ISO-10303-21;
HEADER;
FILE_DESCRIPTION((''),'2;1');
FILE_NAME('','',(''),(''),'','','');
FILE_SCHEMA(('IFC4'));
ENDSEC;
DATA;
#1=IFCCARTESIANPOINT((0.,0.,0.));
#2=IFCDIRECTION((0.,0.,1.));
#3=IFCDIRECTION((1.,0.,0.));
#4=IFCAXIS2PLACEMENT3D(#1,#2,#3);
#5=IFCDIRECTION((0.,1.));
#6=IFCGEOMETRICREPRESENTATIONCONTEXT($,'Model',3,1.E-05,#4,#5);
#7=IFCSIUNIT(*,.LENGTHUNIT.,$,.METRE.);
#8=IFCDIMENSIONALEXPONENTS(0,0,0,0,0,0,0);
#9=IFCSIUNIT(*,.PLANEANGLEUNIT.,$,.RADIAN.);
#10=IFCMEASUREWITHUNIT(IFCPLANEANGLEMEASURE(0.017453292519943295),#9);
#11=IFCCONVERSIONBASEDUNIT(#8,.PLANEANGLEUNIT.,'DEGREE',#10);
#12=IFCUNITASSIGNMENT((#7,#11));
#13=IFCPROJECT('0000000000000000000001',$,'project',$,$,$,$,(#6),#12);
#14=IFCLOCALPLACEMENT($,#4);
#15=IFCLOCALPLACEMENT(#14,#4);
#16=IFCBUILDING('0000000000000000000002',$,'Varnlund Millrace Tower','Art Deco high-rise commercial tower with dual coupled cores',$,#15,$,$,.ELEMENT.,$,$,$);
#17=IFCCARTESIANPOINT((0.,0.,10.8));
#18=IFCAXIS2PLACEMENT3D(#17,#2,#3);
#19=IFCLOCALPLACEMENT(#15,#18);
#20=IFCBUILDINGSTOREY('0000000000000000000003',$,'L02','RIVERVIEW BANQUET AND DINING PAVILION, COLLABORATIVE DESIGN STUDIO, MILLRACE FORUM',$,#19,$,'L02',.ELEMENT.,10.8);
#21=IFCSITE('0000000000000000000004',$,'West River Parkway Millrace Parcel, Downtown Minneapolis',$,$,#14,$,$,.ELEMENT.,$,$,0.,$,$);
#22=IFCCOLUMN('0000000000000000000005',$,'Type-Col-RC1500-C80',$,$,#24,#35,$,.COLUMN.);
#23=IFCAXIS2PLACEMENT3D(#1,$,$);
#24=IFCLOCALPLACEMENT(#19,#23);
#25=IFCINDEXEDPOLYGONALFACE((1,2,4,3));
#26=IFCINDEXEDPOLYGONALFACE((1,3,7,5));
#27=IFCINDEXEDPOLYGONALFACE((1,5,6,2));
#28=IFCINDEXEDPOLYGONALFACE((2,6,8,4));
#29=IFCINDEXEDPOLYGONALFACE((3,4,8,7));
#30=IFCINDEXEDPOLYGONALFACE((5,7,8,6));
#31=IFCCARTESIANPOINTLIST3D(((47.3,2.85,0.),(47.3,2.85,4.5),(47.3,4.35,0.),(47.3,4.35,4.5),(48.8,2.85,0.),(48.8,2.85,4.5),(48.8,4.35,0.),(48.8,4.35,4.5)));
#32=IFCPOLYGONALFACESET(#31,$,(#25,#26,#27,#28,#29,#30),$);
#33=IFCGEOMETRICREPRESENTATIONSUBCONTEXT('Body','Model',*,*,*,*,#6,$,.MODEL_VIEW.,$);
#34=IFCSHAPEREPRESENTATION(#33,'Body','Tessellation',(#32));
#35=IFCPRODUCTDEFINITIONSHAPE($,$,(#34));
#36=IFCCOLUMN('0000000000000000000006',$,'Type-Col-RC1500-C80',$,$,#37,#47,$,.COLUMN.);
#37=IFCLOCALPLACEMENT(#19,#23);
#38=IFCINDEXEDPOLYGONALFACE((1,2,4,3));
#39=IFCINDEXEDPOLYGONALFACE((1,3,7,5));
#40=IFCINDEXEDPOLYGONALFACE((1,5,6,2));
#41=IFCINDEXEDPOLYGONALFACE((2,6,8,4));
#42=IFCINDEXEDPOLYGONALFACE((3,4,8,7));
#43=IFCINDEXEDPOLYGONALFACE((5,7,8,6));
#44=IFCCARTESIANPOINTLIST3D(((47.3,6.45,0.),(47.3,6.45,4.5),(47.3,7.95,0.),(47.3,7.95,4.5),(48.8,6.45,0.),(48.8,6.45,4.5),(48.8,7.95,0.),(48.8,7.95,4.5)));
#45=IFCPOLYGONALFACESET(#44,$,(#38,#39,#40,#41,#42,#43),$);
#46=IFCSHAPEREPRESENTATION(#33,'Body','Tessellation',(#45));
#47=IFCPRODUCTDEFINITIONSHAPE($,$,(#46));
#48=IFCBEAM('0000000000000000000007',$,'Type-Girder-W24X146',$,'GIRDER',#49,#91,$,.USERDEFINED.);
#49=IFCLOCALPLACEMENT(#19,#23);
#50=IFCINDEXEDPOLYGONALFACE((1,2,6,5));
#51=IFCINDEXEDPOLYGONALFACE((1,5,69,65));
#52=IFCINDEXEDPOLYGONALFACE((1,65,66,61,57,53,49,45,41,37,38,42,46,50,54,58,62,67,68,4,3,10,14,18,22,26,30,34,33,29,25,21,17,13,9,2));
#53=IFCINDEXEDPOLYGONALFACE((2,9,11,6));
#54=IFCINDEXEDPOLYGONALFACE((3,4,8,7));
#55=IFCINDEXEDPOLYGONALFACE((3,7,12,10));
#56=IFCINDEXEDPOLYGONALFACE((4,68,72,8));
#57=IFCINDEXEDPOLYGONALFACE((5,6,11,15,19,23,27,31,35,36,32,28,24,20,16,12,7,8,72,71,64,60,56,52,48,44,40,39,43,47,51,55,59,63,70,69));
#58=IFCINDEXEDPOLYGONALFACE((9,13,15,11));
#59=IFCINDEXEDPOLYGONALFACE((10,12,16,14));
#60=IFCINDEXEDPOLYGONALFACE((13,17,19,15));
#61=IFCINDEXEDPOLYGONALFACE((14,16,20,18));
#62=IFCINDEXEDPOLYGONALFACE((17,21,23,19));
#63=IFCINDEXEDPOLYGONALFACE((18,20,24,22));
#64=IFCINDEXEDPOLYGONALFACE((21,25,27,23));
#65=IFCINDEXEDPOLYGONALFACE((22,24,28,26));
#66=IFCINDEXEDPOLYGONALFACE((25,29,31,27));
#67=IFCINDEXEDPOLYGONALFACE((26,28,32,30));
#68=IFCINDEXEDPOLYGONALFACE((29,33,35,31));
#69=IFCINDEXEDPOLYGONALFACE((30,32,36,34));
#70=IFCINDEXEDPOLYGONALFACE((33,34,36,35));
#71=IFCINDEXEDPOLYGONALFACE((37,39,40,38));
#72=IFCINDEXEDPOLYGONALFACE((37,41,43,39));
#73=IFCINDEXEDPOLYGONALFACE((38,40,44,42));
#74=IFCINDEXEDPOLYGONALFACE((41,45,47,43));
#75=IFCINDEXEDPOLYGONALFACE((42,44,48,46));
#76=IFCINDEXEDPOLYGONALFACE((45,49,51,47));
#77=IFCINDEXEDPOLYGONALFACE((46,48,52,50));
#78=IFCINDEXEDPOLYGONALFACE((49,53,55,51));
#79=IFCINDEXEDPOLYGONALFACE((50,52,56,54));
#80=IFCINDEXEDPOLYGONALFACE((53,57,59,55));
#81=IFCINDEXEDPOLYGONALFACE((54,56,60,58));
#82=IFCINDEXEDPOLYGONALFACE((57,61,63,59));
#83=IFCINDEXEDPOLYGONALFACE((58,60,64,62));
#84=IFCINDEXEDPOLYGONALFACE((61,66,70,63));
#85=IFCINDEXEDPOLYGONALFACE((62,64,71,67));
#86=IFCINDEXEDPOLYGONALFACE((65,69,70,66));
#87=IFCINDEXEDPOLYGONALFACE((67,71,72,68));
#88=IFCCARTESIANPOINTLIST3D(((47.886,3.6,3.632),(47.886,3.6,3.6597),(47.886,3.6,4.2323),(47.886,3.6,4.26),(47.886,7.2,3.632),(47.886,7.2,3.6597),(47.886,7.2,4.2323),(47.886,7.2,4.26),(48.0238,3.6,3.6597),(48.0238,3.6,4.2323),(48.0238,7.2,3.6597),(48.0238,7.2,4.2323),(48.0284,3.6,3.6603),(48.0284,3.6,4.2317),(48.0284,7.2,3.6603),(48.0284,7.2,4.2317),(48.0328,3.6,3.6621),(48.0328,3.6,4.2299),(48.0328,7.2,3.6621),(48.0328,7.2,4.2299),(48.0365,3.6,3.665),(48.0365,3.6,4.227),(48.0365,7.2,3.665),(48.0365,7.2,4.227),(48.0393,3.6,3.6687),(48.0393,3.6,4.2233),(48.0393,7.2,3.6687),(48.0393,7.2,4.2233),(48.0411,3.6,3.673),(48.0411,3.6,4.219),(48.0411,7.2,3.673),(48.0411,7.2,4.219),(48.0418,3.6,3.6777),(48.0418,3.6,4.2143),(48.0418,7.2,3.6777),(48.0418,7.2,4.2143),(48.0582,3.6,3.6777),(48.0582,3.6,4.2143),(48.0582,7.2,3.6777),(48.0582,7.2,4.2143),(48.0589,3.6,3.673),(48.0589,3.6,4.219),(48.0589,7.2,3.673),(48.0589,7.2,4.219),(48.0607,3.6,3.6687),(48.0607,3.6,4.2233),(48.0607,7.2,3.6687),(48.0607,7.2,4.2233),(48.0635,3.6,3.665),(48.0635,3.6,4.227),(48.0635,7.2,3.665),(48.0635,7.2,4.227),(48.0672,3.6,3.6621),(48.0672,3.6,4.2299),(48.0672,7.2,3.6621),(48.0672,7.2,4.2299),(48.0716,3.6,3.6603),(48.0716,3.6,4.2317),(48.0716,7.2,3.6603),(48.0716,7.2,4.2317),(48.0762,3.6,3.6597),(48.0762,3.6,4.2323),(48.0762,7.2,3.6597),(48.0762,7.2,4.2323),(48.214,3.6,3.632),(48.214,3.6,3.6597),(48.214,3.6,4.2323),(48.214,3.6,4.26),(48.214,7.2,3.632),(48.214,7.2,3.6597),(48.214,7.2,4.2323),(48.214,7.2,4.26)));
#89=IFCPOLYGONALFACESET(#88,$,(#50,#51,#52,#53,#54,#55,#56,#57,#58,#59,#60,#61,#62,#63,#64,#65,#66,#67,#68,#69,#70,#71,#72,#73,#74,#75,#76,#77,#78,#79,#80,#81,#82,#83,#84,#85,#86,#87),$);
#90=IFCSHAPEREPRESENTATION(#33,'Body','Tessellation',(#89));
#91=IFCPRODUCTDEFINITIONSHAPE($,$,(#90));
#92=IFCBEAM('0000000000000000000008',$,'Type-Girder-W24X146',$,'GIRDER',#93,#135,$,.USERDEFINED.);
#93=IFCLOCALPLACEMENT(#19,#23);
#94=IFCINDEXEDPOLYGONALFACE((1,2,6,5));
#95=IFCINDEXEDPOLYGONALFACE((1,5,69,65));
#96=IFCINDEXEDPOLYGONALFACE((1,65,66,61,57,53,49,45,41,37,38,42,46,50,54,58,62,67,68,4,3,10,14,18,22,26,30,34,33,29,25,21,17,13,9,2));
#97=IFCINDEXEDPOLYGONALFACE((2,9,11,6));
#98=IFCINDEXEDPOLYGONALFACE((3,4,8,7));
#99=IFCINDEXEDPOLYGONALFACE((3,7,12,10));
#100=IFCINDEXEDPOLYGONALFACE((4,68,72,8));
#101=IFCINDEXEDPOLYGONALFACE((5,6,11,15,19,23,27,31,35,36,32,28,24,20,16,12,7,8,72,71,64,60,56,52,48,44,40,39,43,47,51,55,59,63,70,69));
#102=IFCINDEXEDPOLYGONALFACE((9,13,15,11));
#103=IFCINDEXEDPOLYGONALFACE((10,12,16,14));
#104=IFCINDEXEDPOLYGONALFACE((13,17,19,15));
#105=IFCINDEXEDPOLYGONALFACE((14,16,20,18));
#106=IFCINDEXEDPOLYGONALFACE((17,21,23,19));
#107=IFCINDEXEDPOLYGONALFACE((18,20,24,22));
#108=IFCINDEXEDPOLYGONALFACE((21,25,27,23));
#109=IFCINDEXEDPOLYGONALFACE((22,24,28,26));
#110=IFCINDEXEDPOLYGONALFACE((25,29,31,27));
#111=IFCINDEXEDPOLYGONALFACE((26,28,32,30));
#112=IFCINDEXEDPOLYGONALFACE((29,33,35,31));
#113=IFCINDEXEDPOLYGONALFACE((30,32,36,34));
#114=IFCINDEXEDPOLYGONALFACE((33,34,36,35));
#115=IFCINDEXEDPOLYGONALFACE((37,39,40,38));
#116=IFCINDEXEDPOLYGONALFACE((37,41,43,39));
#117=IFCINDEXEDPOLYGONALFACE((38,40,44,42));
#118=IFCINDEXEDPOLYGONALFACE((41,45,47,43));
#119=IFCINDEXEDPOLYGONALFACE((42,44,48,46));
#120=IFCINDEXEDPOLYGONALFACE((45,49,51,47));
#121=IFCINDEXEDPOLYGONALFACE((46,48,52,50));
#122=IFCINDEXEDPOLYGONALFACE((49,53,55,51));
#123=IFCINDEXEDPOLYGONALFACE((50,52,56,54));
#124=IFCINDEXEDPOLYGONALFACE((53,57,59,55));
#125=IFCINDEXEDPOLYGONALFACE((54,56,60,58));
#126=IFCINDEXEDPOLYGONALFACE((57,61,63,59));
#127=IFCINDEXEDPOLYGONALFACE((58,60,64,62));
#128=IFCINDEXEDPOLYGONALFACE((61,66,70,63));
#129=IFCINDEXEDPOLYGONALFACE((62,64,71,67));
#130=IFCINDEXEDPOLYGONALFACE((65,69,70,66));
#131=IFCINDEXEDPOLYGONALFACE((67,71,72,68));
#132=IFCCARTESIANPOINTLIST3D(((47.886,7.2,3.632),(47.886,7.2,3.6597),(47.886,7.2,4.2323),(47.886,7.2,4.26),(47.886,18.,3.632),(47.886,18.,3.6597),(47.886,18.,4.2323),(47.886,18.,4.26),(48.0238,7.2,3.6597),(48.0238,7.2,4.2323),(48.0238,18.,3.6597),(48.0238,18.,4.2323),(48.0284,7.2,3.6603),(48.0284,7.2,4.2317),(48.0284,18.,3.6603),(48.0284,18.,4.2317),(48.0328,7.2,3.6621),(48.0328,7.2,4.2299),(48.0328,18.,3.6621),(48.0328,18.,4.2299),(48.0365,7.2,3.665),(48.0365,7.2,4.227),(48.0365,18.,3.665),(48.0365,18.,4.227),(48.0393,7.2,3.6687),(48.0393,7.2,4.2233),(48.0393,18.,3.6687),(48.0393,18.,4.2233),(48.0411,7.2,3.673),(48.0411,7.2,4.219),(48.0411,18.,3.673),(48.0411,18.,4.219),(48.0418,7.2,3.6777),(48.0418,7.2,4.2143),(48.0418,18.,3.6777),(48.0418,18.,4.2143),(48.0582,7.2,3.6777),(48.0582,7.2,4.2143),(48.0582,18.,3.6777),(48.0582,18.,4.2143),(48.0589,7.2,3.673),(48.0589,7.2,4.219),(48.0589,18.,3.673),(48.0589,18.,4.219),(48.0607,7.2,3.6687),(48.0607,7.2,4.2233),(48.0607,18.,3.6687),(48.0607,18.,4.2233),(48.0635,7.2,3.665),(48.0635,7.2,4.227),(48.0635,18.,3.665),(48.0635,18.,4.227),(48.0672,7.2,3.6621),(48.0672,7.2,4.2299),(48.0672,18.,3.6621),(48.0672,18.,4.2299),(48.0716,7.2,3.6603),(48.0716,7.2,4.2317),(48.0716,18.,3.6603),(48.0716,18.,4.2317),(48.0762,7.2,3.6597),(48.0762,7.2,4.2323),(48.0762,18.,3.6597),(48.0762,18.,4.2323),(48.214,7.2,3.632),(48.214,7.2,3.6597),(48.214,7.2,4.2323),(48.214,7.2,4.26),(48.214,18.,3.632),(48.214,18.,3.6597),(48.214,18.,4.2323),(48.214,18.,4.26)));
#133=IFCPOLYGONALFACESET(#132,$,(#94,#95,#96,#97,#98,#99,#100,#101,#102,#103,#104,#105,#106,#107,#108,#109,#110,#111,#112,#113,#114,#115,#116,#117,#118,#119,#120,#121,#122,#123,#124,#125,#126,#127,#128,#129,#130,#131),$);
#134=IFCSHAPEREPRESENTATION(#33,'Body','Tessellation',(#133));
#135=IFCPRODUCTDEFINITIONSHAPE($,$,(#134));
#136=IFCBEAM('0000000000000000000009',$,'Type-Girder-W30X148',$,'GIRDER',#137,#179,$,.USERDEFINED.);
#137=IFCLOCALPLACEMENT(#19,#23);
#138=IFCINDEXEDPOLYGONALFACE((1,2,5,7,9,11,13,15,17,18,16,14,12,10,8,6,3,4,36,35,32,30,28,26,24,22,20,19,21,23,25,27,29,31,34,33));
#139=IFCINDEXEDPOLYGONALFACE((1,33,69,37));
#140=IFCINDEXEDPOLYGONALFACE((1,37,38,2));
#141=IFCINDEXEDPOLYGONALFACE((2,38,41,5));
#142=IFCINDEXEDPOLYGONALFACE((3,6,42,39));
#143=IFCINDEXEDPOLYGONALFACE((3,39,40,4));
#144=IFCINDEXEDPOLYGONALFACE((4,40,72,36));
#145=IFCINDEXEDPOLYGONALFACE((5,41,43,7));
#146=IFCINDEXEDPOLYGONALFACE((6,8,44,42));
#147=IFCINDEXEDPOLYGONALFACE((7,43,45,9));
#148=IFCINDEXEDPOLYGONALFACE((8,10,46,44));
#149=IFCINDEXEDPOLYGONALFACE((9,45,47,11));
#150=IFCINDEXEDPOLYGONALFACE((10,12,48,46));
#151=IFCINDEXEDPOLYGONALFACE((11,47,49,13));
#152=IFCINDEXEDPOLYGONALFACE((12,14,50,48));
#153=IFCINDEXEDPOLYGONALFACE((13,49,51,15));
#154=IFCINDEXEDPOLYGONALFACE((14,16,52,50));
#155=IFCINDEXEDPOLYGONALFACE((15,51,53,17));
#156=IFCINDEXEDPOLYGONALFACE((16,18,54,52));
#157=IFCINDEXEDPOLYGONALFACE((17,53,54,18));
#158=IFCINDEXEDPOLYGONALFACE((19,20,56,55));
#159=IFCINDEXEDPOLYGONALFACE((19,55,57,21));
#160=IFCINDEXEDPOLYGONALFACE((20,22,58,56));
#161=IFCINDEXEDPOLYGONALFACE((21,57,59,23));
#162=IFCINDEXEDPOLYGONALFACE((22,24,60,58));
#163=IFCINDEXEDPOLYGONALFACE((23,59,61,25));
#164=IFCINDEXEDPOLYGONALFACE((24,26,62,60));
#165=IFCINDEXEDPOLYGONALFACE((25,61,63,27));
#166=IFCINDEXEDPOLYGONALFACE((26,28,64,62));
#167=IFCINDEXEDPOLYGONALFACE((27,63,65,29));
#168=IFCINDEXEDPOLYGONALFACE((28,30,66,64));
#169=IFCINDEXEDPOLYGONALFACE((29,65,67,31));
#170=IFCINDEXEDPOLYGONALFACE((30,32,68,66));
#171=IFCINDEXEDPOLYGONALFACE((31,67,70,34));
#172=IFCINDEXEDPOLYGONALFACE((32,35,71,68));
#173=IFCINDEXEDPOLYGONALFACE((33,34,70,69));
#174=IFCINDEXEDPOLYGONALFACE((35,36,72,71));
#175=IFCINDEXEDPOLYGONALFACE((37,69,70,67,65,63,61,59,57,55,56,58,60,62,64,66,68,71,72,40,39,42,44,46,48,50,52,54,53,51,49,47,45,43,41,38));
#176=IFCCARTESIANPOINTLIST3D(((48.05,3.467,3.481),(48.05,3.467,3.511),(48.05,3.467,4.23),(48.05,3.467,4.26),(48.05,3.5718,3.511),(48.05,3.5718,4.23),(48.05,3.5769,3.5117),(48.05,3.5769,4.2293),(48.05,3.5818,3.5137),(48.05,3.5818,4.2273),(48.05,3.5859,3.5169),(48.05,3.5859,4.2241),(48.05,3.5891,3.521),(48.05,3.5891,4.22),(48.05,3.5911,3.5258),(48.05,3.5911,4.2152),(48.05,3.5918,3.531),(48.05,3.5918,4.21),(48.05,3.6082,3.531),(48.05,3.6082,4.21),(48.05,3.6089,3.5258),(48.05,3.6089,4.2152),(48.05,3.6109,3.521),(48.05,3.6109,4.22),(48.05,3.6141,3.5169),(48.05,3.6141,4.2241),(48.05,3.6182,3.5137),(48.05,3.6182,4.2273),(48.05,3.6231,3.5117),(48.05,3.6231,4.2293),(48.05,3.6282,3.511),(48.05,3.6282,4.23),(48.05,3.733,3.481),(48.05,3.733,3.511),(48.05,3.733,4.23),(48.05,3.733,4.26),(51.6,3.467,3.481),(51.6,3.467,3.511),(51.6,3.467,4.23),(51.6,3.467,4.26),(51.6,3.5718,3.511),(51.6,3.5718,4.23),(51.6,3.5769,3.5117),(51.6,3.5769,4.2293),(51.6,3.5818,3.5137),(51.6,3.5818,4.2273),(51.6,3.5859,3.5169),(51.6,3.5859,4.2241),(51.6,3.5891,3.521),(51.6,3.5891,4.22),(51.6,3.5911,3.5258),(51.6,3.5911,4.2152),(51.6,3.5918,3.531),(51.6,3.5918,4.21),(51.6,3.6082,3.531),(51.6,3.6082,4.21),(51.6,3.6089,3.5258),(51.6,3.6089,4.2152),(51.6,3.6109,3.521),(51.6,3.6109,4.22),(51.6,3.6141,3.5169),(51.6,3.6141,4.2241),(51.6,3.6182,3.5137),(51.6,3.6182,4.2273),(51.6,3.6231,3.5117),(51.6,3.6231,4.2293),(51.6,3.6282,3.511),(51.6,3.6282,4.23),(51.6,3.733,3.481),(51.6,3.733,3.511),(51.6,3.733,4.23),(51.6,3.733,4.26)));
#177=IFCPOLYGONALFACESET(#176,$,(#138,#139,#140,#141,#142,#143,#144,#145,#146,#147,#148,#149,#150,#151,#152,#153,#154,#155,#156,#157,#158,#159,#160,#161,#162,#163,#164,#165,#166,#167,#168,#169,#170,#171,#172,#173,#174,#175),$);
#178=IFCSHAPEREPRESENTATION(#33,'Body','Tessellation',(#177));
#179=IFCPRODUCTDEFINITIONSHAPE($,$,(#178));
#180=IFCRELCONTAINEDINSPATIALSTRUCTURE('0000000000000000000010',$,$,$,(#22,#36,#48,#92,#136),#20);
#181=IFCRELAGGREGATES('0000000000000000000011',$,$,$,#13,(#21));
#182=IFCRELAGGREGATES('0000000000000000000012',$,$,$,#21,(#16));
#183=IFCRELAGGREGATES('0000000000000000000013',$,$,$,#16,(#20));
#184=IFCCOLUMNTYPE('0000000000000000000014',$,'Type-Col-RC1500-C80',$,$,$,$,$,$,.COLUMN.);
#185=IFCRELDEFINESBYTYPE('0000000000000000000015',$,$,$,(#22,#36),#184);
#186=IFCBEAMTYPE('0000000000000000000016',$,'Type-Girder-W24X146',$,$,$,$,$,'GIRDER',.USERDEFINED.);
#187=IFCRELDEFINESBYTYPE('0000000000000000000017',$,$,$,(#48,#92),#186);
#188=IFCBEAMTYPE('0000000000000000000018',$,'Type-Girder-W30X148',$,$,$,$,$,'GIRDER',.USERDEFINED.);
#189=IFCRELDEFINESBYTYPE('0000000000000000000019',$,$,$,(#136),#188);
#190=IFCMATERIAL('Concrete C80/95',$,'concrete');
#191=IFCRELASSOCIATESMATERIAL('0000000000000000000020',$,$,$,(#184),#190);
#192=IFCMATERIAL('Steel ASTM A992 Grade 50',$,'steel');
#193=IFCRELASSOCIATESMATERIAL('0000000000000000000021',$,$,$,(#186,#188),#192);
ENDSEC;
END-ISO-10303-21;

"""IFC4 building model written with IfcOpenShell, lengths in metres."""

from ifc_helpers import new_model, entity, si_unit, converted_unit, direction, frame, origin_with_axes, origin_2d_with_axis, place, context, subcontext, project, spatial, rectangle, i_section, extrude, material, material_profile, profile_set, type_object, element, save


model = new_model("IFC4")

# Units and contexts
model_context = context("Model", 3, precision=1e-05, world=origin_with_axes(), true_north=direction((0.0, 1.0)))
body_context = subcontext(model_context, "Body", "Model", "MODEL_VIEW")
ifc_project = project(units=[si_unit("LENGTHUNIT", "METRE"), converted_unit("PLANEANGLEUNIT", "DEGREE", entity("IfcPlaneAngleMeasure", 0.017453292519943295), si_unit("PLANEANGLEUNIT", "RADIAN"), dimensions=[0, 0, 0, 0, 0, 0, 0])], contexts=[model_context])

# Site, building, storey
site_placement = place(None, origin_with_axes())
site = spatial("IfcSite", under=ifc_project, at=site_placement, Name="West River Parkway Millrace Parcel, Downtown Minneapolis", CompositionType="ELEMENT", RefElevation=0.0)
building_placement = place(site_placement, origin_with_axes())
building = spatial("IfcBuilding", under=site, at=building_placement, Name="Varnlund Millrace Tower", Description="Art Deco high-rise commercial tower with dual coupled cores", CompositionType="ELEMENT")
storey_placement = place(building_placement, frame((0.0, 0.0, 10.8), z_axis=(0.0, 0.0, 1.0), x_axis=(1.0, 0.0, 0.0)))
storey = spatial("IfcBuildingStorey", under=building, at=storey_placement, Name="L02", Description="RIVERVIEW BANQUET AND DINING PAVILION, COLLABORATIVE DESIGN STUDIO, MILLRACE FORUM", LongName="L02", CompositionType="ELEMENT", Elevation=10.8)

# Columns
ifc_material_1 = material(Name="Concrete C80/95", Category="concrete")
ifc_material_profile_1 = material_profile(ifc_material_1, rectangle(XDim=1.5, YDim=1.5, at=origin_2d_with_axis()), Name="Concrete C80/95")
ifc_profile_set_1 = profile_set([ifc_material_profile_1], Name="Concrete C80/95")
column_type = type_object("IfcColumnType", Name="Type-Col-RC1500-C80", PredefinedType="COLUMN", material=ifc_profile_set_1)
for number, where, z_axis, x_axis, name in (
    (1, (48.05, 3.6, 0.0), (0.0, 0.0, 1.0), (1.0, 0.0, 0.0), "Type-Col-RC1500-C80"),
    (2, (48.05, 7.2, 0.0), (0.0, 0.0, 1.0), (1.0, 0.0, 0.0), "Type-Col-RC1500-C80"),
):
    element("IfcColumn", number, at=place(storey_placement, frame(where, z_axis=z_axis, x_axis=x_axis)), inside=storey, type_object=column_type, Name=name, PredefinedType="COLUMN", context=body_context, shape_type="SweptSolid", body=[
        extrude(rectangle(XDim=1.5, YDim=1.5, at=origin_2d_with_axis()), origin_with_axes(), (0.0, 0.0, 1.0), 4.5),
    ])

# Beams
ifc_material_2 = material(Name="Steel ASTM A992 Grade 50", Category="steel")
ifc_material_profile_2 = material_profile(ifc_material_2, i_section(OverallWidth=0.328, OverallDepth=0.628, WebThickness=0.0165, FlangeThickness=0.0277, FilletRadius=0.018, at=origin_2d_with_axis()), Name="Steel ASTM A992 Grade 50")
ifc_profile_set_2 = profile_set([ifc_material_profile_2], Name="Steel ASTM A992 Grade 50")
beam_type_1 = type_object("IfcBeamType", Name="Type-Girder-W24X146", ElementType="GIRDER", PredefinedType="USERDEFINED", material=ifc_profile_set_2)
beam_1_placement = place(storey_placement, frame((48.05, 3.6, 3.946), z_axis=(0.0, 1.0, 0.0), x_axis=(-1.0, 0.0, 0.0)))
element("IfcBeam", 3, at=beam_1_placement, inside=storey, type_object=beam_type_1, Name="Type-Girder-W24X146", ObjectType="GIRDER", PredefinedType="USERDEFINED", context=body_context, shape_type="SweptSolid", body=[
    extrude(i_section(OverallWidth=0.328, OverallDepth=0.628, WebThickness=0.0165, FlangeThickness=0.0277, FilletRadius=0.018, at=origin_2d_with_axis()), origin_with_axes(), (0.0, 0.0, 1.0), 3.6),
])
beam_2_placement = place(storey_placement, frame((48.05, 7.2, 3.946), z_axis=(0.0, 1.0, 0.0), x_axis=(-1.0, 0.0, 0.0)))
element("IfcBeam", 4, at=beam_2_placement, inside=storey, type_object=beam_type_1, Name="Type-Girder-W24X146", ObjectType="GIRDER", PredefinedType="USERDEFINED", context=body_context, shape_type="SweptSolid", body=[
    extrude(i_section(OverallWidth=0.328, OverallDepth=0.628, WebThickness=0.0165, FlangeThickness=0.0277, FilletRadius=0.018, at=origin_2d_with_axis()), origin_with_axes(), (0.0, 0.0, 1.0), 10.8),
])
ifc_material_profile_3 = material_profile(ifc_material_2, i_section(OverallWidth=0.266, OverallDepth=0.779, WebThickness=0.0165, FlangeThickness=0.03, FilletRadius=0.02, at=origin_2d_with_axis()), Name="Steel ASTM A992 Grade 50")
ifc_profile_set_3 = profile_set([ifc_material_profile_3], Name="Steel ASTM A992 Grade 50")
beam_type_2 = type_object("IfcBeamType", Name="Type-Girder-W30X148", ElementType="GIRDER", PredefinedType="USERDEFINED", material=ifc_profile_set_3)
for number, where, z_axis, x_axis, name in (
    (5, (48.05, 3.6, 3.8705), (1.0, 0.0, 0.0), (0.0, 1.0, 0.0), "Type-Girder-W30X148"),
):
    element("IfcBeam", number, at=place(storey_placement, frame(where, z_axis=z_axis, x_axis=x_axis)), inside=storey, type_object=beam_type_2, Name=name, ObjectType="GIRDER", PredefinedType="USERDEFINED", context=body_context, shape_type="SweptSolid", body=[
        extrude(i_section(OverallWidth=0.266, OverallDepth=0.779, WebThickness=0.0165, FlangeThickness=0.03, FilletRadius=0.02, at=origin_2d_with_axis()), origin_with_axes(), (0.0, 0.0, 1.0), 3.55),
    ])

save(model, "model.ifc")
